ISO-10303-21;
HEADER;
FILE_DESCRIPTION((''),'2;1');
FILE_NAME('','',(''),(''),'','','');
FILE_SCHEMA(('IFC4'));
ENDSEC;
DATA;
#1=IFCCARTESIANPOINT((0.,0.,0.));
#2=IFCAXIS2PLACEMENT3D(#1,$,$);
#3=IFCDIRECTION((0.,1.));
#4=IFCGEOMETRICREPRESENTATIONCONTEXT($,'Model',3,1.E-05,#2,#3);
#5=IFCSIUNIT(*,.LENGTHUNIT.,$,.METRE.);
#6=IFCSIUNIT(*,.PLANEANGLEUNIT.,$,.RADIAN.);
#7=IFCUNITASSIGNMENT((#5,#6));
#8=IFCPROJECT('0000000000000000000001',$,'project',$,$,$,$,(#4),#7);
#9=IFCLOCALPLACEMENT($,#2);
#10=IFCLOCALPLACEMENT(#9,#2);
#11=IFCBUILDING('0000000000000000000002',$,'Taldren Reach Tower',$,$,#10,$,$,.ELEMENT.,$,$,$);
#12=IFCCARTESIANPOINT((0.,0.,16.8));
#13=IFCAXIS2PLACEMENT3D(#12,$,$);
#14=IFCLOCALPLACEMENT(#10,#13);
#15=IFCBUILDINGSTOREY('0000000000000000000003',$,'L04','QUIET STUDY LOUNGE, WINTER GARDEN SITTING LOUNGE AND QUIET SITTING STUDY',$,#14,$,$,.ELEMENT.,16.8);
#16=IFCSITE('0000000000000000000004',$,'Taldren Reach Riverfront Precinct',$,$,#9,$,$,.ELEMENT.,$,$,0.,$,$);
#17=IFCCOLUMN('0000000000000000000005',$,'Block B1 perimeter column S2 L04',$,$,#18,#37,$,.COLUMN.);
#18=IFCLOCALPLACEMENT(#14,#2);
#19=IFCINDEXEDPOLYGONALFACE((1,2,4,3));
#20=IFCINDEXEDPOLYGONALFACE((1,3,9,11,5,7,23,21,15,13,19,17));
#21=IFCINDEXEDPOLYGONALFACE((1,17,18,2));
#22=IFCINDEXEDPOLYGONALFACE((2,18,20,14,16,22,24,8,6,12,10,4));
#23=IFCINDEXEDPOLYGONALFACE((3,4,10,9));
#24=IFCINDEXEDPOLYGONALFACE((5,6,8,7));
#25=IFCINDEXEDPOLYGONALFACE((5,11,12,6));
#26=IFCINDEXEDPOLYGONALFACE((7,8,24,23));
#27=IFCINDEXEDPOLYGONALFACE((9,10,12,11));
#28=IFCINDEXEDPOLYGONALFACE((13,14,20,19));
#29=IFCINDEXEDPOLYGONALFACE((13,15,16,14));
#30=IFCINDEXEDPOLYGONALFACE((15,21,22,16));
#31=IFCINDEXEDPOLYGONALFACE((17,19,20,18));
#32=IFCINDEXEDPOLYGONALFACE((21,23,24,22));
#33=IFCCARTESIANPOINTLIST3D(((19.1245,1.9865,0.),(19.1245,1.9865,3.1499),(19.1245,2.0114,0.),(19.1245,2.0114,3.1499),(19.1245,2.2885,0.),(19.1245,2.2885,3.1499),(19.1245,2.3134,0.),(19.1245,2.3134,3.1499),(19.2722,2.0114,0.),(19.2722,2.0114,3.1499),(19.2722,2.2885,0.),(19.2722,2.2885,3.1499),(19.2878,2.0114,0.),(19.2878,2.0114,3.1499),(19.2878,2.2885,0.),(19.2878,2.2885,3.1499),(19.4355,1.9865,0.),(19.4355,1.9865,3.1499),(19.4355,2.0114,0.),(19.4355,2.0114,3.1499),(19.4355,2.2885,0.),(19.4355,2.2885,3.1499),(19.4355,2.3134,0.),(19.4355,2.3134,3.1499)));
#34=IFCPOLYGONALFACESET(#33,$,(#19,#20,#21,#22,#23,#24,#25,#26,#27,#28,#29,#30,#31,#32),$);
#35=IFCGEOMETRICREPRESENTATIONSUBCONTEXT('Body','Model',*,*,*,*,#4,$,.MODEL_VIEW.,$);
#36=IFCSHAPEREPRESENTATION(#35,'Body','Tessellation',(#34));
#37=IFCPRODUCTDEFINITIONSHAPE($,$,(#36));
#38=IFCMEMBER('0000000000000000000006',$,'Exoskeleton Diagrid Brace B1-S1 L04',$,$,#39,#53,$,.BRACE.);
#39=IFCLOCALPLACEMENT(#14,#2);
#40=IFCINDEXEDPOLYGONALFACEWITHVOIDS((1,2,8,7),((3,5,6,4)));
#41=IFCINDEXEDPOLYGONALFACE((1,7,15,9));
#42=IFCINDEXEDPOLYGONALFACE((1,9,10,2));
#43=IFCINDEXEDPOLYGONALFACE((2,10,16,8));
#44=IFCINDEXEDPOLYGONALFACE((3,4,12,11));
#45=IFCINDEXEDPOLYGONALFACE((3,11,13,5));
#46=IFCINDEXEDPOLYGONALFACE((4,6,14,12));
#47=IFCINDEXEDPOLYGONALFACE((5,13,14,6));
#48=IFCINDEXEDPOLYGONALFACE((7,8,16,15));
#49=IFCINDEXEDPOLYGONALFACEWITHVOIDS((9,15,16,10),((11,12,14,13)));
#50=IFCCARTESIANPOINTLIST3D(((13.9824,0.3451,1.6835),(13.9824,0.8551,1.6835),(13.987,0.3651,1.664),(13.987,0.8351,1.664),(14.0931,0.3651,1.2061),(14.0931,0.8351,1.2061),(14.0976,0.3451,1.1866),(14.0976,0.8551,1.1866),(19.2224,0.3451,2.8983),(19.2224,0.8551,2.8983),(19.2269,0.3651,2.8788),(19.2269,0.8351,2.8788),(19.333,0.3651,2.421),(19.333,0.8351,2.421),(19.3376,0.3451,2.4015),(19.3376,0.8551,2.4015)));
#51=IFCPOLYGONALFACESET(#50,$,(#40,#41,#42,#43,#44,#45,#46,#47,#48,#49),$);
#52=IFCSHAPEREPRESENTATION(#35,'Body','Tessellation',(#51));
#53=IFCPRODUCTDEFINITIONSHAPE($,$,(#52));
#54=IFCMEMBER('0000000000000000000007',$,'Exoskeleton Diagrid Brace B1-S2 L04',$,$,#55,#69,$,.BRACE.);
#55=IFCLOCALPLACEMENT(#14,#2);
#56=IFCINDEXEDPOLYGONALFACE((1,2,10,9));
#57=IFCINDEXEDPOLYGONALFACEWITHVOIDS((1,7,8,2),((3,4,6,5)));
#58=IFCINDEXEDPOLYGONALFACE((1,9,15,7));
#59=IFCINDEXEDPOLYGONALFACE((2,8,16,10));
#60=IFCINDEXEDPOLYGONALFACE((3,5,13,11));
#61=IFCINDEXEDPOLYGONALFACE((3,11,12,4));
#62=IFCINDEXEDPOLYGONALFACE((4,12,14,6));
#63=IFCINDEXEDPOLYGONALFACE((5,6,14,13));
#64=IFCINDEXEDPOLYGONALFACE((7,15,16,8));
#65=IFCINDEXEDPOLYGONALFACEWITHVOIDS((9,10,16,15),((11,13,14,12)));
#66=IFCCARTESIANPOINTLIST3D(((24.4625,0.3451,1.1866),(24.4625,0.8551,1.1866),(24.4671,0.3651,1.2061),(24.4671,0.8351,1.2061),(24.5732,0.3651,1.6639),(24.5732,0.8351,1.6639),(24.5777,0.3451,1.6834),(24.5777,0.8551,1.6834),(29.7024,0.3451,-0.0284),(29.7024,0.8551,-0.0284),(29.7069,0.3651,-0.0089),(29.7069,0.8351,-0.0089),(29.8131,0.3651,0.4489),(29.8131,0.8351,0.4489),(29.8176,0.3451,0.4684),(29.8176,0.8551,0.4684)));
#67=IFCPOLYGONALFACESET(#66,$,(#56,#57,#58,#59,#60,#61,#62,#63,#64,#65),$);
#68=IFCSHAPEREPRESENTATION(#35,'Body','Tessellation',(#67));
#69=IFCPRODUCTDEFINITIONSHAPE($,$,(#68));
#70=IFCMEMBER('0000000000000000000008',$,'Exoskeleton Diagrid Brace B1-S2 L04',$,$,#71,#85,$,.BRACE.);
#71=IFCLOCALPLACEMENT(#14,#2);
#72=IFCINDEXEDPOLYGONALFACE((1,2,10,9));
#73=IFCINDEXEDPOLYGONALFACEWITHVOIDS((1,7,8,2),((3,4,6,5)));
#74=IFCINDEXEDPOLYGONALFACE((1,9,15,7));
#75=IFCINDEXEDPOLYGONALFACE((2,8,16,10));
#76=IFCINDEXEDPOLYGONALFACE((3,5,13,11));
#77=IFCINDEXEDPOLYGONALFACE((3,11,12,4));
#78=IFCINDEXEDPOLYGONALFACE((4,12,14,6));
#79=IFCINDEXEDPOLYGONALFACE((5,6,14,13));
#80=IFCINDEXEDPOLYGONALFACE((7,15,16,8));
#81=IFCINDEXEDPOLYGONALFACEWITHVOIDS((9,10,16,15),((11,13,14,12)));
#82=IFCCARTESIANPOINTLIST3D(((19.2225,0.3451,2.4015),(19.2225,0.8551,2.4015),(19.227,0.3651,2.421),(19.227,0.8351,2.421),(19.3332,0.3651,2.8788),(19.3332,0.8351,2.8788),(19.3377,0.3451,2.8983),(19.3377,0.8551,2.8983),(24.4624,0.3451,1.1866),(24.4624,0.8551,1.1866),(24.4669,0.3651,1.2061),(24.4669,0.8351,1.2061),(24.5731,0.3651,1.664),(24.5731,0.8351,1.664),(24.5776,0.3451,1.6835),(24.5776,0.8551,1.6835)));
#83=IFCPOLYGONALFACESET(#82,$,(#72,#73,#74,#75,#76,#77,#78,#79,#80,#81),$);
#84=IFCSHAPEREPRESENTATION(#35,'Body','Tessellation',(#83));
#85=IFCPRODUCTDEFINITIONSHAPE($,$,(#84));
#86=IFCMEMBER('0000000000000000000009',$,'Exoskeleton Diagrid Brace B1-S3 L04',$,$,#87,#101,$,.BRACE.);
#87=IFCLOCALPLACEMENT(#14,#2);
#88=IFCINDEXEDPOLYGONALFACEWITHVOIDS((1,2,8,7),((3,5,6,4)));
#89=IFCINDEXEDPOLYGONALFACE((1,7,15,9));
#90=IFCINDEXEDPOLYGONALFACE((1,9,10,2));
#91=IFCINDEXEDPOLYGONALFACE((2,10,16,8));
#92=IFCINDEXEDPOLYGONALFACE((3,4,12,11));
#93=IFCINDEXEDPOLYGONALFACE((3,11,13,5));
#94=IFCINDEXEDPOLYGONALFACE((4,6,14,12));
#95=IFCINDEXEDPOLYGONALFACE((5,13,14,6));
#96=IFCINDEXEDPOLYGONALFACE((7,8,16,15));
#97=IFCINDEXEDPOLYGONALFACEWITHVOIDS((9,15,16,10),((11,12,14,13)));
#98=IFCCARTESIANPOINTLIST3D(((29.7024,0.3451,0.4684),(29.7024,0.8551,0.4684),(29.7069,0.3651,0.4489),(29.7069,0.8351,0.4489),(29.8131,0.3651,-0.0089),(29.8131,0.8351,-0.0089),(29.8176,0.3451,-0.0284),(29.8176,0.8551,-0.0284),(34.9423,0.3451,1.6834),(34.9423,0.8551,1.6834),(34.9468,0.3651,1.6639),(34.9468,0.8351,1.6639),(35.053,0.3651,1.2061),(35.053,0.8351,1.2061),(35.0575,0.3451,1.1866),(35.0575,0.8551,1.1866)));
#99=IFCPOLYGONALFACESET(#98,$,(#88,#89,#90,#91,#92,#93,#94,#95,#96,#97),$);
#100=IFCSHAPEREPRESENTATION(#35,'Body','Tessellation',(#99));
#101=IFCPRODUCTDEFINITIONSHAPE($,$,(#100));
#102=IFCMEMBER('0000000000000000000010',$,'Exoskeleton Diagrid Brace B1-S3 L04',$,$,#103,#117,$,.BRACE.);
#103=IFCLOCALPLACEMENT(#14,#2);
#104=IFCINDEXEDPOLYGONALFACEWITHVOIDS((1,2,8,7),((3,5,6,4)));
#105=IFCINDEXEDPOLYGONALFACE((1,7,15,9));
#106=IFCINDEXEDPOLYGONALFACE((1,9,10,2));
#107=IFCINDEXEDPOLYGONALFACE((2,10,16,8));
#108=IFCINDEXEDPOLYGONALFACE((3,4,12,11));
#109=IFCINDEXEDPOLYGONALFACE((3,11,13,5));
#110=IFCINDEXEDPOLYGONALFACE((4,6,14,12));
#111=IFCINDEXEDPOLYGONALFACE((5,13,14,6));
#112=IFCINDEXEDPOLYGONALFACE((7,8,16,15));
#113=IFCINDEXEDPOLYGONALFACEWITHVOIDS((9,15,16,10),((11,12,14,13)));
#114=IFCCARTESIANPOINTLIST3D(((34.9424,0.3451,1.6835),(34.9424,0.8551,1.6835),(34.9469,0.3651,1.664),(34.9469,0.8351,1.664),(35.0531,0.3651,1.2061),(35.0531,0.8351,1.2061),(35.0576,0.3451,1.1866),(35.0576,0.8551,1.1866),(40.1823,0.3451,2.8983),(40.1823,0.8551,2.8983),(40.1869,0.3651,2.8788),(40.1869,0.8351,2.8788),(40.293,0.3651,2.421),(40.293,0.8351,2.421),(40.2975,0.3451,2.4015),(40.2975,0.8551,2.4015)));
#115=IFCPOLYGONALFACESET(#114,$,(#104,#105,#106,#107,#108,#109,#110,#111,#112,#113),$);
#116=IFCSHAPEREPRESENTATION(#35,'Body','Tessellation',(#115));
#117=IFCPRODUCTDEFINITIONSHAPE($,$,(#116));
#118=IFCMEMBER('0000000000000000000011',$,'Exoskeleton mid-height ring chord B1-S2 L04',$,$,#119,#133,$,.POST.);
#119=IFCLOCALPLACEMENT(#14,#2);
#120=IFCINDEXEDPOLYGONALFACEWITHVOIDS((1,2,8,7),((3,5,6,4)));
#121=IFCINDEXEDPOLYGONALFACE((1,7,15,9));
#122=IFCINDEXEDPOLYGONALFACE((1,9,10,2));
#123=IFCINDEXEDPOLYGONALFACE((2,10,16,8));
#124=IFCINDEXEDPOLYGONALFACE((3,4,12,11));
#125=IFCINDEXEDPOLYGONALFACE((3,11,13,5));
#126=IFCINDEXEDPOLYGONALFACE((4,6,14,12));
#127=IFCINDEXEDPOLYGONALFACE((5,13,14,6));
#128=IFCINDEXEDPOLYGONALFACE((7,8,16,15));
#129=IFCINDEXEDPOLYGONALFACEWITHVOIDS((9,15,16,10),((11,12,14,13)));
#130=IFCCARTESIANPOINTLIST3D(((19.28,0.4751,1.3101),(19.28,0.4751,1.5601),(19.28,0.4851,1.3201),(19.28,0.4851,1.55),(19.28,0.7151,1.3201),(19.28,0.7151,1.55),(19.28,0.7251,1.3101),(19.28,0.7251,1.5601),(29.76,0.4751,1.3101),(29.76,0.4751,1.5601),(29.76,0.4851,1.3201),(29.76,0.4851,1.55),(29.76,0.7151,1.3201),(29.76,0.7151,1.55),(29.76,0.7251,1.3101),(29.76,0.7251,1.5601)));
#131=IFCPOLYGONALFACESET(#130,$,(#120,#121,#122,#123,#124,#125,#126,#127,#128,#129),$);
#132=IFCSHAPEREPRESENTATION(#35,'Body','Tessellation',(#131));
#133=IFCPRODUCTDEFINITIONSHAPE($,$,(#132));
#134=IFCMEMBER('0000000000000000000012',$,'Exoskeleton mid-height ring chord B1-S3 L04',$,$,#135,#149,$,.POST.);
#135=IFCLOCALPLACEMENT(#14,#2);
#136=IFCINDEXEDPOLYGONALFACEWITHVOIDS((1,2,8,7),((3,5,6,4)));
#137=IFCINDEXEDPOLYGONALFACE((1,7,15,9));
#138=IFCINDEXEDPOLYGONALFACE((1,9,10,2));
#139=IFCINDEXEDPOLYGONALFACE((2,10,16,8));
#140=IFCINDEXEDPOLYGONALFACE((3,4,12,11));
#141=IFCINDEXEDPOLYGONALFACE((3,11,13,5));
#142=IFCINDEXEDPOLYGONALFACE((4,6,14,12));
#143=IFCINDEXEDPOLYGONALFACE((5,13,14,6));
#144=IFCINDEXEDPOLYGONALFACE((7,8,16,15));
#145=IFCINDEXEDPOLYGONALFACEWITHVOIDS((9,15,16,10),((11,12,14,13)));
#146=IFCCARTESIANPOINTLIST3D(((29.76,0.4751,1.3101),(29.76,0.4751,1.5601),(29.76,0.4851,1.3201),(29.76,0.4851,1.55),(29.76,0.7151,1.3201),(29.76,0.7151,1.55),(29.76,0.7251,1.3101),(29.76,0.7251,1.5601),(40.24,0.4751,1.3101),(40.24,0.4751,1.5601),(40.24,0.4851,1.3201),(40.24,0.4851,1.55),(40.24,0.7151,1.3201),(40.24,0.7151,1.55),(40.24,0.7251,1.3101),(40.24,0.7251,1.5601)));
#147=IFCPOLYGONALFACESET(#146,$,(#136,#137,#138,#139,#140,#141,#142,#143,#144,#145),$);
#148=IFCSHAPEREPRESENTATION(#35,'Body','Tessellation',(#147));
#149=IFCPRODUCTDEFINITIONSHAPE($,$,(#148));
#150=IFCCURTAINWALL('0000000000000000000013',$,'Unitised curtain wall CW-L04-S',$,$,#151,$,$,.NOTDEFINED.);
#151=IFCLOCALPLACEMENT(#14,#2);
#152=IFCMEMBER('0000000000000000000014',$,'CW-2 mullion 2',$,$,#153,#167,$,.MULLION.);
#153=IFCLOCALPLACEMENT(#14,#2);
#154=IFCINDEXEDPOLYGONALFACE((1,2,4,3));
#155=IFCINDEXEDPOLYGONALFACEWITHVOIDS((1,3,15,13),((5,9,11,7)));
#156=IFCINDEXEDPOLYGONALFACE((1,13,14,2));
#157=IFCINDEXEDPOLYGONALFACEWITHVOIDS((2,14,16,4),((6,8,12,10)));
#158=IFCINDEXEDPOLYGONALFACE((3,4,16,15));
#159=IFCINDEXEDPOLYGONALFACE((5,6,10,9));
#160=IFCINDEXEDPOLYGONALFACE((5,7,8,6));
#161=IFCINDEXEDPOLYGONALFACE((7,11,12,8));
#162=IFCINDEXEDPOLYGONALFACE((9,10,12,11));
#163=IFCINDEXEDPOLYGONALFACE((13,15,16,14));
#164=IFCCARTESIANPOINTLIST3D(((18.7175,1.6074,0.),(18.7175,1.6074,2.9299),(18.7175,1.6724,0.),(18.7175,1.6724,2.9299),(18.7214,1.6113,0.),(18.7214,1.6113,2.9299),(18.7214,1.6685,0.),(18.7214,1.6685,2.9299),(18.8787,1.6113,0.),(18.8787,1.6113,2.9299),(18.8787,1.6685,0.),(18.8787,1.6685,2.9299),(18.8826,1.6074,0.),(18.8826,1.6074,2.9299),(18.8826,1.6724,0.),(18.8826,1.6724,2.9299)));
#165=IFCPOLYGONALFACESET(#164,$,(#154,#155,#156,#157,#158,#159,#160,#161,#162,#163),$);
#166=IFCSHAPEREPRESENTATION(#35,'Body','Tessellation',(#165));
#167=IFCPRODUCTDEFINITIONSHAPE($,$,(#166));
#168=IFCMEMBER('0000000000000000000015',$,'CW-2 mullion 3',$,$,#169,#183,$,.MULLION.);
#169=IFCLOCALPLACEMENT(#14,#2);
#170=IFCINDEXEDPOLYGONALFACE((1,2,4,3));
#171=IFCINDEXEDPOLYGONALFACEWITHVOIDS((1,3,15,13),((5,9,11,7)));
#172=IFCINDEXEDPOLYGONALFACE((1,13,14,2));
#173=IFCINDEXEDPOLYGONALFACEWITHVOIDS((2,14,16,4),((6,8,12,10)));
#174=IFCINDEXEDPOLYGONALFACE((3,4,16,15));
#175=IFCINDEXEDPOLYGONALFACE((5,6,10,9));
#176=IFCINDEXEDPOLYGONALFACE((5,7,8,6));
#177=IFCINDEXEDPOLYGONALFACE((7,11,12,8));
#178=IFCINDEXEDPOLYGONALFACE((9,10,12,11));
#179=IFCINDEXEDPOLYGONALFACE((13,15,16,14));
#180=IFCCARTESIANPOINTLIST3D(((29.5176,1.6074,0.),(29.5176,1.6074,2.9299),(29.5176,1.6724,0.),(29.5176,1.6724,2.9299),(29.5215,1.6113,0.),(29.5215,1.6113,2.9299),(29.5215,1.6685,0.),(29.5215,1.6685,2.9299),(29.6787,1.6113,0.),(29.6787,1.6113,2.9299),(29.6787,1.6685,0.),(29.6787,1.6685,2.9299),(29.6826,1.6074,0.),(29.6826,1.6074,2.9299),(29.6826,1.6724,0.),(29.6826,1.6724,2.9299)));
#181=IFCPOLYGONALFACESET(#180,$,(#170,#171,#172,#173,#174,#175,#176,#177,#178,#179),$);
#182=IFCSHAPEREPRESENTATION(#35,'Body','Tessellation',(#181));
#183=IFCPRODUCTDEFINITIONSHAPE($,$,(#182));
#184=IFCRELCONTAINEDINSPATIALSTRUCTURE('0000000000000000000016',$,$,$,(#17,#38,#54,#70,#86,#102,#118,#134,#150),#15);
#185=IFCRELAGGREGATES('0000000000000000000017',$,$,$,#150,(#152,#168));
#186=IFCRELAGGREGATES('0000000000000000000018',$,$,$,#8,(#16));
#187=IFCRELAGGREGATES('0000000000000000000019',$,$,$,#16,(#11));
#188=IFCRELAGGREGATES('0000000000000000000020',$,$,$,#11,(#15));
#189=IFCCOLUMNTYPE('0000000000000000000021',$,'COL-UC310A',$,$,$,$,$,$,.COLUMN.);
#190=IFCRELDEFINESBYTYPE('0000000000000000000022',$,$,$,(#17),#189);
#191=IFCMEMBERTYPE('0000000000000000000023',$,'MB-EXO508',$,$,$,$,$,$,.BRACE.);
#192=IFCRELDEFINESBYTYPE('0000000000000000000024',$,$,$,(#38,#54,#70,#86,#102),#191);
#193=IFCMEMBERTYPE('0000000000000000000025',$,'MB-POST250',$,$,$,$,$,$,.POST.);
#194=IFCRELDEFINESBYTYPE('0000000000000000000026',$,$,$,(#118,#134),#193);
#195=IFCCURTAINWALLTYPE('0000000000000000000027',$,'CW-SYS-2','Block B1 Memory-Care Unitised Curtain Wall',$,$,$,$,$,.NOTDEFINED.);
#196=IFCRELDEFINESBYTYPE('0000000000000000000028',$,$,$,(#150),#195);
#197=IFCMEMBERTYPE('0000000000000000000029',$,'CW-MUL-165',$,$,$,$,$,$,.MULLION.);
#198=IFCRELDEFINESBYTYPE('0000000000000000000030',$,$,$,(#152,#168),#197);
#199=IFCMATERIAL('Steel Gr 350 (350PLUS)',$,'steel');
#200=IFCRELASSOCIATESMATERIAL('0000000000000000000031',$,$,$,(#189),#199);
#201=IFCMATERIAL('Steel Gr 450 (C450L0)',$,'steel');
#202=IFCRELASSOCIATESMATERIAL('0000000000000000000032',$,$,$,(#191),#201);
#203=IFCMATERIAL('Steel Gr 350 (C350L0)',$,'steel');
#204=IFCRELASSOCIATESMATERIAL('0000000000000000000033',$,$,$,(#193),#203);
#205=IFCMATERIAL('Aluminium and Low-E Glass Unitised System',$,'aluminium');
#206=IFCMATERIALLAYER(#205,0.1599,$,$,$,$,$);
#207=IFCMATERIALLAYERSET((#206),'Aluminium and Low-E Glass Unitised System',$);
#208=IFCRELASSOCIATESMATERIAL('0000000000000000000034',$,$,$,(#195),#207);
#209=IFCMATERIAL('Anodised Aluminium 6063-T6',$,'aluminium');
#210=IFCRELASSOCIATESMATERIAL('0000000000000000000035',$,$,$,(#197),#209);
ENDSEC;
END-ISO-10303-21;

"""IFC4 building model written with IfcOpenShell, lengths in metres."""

from ifc_helpers import new_model, si_unit, direction, frame, origin, origin_2d, place, context, subcontext, project, spatial, hollow_rectangle, i_section, extrude, source, transform, mapped, material, layer, layer_set, material_profile, profile_set, type_object, element, aggregate, save


model = new_model("IFC4")

# Units and contexts
model_context = context("Model", 3, precision=1e-05, world=origin(), true_north=direction((0.0, 1.0)))
body_context = subcontext(model_context, "Body", "Model", "MODEL_VIEW")
ifc_project = project(units=[si_unit("LENGTHUNIT", "METRE"), si_unit("PLANEANGLEUNIT", "RADIAN")], contexts=[model_context])

# Site, building, storey
site_placement = place(None, origin())
site = spatial("IfcSite", under=ifc_project, at=site_placement, Name="Taldren Reach Riverfront Precinct", CompositionType="ELEMENT", RefElevation=0.0)
building_placement = place(site_placement, origin())
building = spatial("IfcBuilding", under=site, at=building_placement, Name="Taldren Reach Tower", CompositionType="ELEMENT")
storey_placement = place(building_placement, frame((0.0, 0.0, 16.8)))
storey = spatial("IfcBuildingStorey", under=building, at=storey_placement, Name="L04", Description="QUIET STUDY LOUNGE, WINTER GARDEN SITTING LOUNGE AND QUIET SITTING STUDY", CompositionType="ELEMENT", Elevation=16.8)

# Column
ifc_material_1 = material(Name="Steel Gr 350 (350PLUS)", Category="steel")
ifc_material_profile_1 = material_profile(ifc_material_1, i_section(OverallWidth=0.311, OverallDepth=0.3269, WebThickness=0.0156, FlangeThickness=0.0249, at=origin_2d()), Name="310UC158")
ifc_profile_set_1 = profile_set([ifc_material_profile_1], Name="Steel Gr 350 (350PLUS)")
column_type = type_object("IfcColumnType", Name="COL-UC310A", PredefinedType="COLUMN", material=ifc_profile_set_1)
shared_shape_1 = source(origin(), body_context, "Body", "SweptSolid", [
    extrude(i_section(OverallWidth=0.311, OverallDepth=0.3269, WebThickness=0.0156, FlangeThickness=0.0249, at=origin_2d()), origin(), (0.0, 0.0, 1.0), 3.1499),
])
column_placement = place(storey_placement, frame((19.28, 2.1499, 0.0), z_axis=(0.0, 0.0, 1.0), x_axis=(1.0, 0.0, 0.0)))
element("IfcColumn", 1, at=column_placement, inside=storey, type_object=column_type, Name="Block B1 perimeter column S2 L04", PredefinedType="COLUMN", context=body_context, shape_type="MappedRepresentation", body=[
    mapped(shared_shape_1, transform((0.0, 0.0, 0.0), scale=1.0)),
])

# Members
ifc_material_2 = material(Name="Steel Gr 450 (C450L0)", Category="steel")
ifc_material_profile_2 = material_profile(ifc_material_2, hollow_rectangle(XDim=0.51, YDim=0.51, WallThickness=0.02, at=origin_2d()), Name="510x510x20.0SHS")
ifc_profile_set_2 = profile_set([ifc_material_profile_2], Name="Steel Gr 450 (C450L0)")
member_type_1 = type_object("IfcMemberType", Name="MB-EXO508", PredefinedType="BRACE", material=ifc_profile_set_2)
shared_shape_2 = source(origin(), body_context, "Body", "SweptSolid", [
    extrude(hollow_rectangle(XDim=0.51, YDim=0.51, WallThickness=0.02, at=origin_2d()), origin(), (0.0, 0.0, 1.0), 5.3789),
])
for number, where, z_axis, x_axis, name in (
    (2, (14.04, 0.6001, 1.4351), (0.974162, 0.0, 0.225851), (0.0, 1.0, 0.0), "Exoskeleton Diagrid Brace B1-S1 L04"),
    (3, (29.76, 0.6001, 0.22), (-0.974152, 0.0, 0.225894), (0.0, -1.0, 0.0), "Exoskeleton Diagrid Brace B1-S2 L04"),
    (4, (24.52, 0.6001, 1.4351), (-0.974162, 0.0, 0.225851), (0.0, -1.0, 0.0), "Exoskeleton Diagrid Brace B1-S2 L04"),
    (5, (29.76, 0.6001, 0.22), (0.974152, 0.0, 0.225894), (0.0, 1.0, 0.0), "Exoskeleton Diagrid Brace B1-S3 L04"),
    (6, (35.0, 0.6001, 1.4351), (0.974162, 0.0, 0.225851), (0.0, 1.0, 0.0), "Exoskeleton Diagrid Brace B1-S3 L04"),
):
    element("IfcMember", number, at=place(storey_placement, frame(where, z_axis=z_axis, x_axis=x_axis)), inside=storey, type_object=member_type_1, Name=name, PredefinedType="BRACE", context=body_context, shape_type="MappedRepresentation", body=[
        mapped(shared_shape_2, transform((0.0, 0.0, 0.0), scale=1.0)),
    ])
ifc_material_3 = material(Name="Steel Gr 350 (C350L0)", Category="steel")
ifc_material_profile_3 = material_profile(ifc_material_3, hollow_rectangle(XDim=0.25, YDim=0.25, WallThickness=0.01, at=origin_2d()), Name="250x250x10.0SHS")
ifc_profile_set_3 = profile_set([ifc_material_profile_3], Name="Steel Gr 350 (C350L0)")
member_type_2 = type_object("IfcMemberType", Name="MB-POST250", PredefinedType="POST", material=ifc_profile_set_3)
shared_shape_3 = source(origin(), body_context, "Body", "SweptSolid", [
    extrude(hollow_rectangle(XDim=0.25, YDim=0.25, WallThickness=0.01, at=origin_2d()), origin(), (0.0, 0.0, 1.0), 10.48),
])
for number, where, z_axis, x_axis, name in (
    (7, (19.28, 0.6001, 1.4351), (1.0, 0.0, 0.0), (0.0, 1.0, 0.0), "Exoskeleton mid-height ring chord B1-S2 L04"),
    (8, (29.76, 0.6001, 1.4351), (1.0, 0.0, 0.0), (0.0, 1.0, 0.0), "Exoskeleton mid-height ring chord B1-S3 L04"),
):
    element("IfcMember", number, at=place(storey_placement, frame(where, z_axis=z_axis, x_axis=x_axis)), inside=storey, type_object=member_type_2, Name=name, PredefinedType="POST", context=body_context, shape_type="MappedRepresentation", body=[
        mapped(shared_shape_3, transform((0.0, 0.0, 0.0), scale=1.0)),
    ])

# Curtain wall, members
ifc_material_4 = material(Name="Aluminium and Low-E Glass Unitised System", Category="aluminium")
ifc_layer_1 = layer(ifc_material_4, 0.1599)
ifc_layer_set_1 = layer_set([ifc_layer_1], Name="Aluminium and Low-E Glass Unitised System")
curtain_wall_type = type_object("IfcCurtainWallType", Name="CW-SYS-2", Description="Block B1 Memory-Care Unitised Curtain Wall", PredefinedType="NOTDEFINED", material=ifc_layer_set_1)
curtain_wall_placement = place(storey_placement, origin())
curtain_wall = element("IfcCurtainWall", 9, at=curtain_wall_placement, inside=storey, type_object=curtain_wall_type, Name="Unitised curtain wall CW-L04-S", PredefinedType="NOTDEFINED")
ifc_material_5 = material(Name="Anodised Aluminium 6063-T6", Category="aluminium")
ifc_material_profile_4 = material_profile(ifc_material_5, hollow_rectangle(XDim=0.0649, YDim=0.165, WallThickness=0.0039, at=origin_2d()), Name="ALU-165x65x4RHS")
ifc_profile_set_4 = profile_set([ifc_material_profile_4], Name="Anodised Aluminium 6063-T6")
member_type_3 = type_object("IfcMemberType", Name="CW-MUL-165", PredefinedType="MULLION", material=ifc_profile_set_4)
shared_shape_4 = source(origin(), body_context, "Body", "SweptSolid", [
    extrude(hollow_rectangle(XDim=0.0649, YDim=0.165, WallThickness=0.0039, at=origin_2d()), origin(), (0.0, 0.0, 1.0), 2.9299),
])
member_1_placement = place(storey_placement, frame((18.8, 1.6399, 0.0), z_axis=(0.0, 0.0, 1.0), x_axis=(0.0, 1.0, 0.0)))
member_1 = element("IfcMember", 10, at=member_1_placement, type_object=member_type_3, Name="CW-2 mullion 2", PredefinedType="MULLION", context=body_context, shape_type="MappedRepresentation", body=[
    mapped(shared_shape_4, transform((0.0, 0.0, 0.0), scale=1.0)),
])
member_2_placement = place(storey_placement, frame((29.6001, 1.6399, 0.0), z_axis=(0.0, 0.0, 1.0), x_axis=(0.0, 1.0, 0.0)))
member_2 = element("IfcMember", 11, at=member_2_placement, type_object=member_type_3, Name="CW-2 mullion 3", PredefinedType="MULLION", context=body_context, shape_type="MappedRepresentation", body=[
    mapped(shared_shape_4, transform((0.0, 0.0, 0.0), scale=1.0)),
])

aggregate(curtain_wall, [member_1, member_2])

save(model, "model.ifc")
